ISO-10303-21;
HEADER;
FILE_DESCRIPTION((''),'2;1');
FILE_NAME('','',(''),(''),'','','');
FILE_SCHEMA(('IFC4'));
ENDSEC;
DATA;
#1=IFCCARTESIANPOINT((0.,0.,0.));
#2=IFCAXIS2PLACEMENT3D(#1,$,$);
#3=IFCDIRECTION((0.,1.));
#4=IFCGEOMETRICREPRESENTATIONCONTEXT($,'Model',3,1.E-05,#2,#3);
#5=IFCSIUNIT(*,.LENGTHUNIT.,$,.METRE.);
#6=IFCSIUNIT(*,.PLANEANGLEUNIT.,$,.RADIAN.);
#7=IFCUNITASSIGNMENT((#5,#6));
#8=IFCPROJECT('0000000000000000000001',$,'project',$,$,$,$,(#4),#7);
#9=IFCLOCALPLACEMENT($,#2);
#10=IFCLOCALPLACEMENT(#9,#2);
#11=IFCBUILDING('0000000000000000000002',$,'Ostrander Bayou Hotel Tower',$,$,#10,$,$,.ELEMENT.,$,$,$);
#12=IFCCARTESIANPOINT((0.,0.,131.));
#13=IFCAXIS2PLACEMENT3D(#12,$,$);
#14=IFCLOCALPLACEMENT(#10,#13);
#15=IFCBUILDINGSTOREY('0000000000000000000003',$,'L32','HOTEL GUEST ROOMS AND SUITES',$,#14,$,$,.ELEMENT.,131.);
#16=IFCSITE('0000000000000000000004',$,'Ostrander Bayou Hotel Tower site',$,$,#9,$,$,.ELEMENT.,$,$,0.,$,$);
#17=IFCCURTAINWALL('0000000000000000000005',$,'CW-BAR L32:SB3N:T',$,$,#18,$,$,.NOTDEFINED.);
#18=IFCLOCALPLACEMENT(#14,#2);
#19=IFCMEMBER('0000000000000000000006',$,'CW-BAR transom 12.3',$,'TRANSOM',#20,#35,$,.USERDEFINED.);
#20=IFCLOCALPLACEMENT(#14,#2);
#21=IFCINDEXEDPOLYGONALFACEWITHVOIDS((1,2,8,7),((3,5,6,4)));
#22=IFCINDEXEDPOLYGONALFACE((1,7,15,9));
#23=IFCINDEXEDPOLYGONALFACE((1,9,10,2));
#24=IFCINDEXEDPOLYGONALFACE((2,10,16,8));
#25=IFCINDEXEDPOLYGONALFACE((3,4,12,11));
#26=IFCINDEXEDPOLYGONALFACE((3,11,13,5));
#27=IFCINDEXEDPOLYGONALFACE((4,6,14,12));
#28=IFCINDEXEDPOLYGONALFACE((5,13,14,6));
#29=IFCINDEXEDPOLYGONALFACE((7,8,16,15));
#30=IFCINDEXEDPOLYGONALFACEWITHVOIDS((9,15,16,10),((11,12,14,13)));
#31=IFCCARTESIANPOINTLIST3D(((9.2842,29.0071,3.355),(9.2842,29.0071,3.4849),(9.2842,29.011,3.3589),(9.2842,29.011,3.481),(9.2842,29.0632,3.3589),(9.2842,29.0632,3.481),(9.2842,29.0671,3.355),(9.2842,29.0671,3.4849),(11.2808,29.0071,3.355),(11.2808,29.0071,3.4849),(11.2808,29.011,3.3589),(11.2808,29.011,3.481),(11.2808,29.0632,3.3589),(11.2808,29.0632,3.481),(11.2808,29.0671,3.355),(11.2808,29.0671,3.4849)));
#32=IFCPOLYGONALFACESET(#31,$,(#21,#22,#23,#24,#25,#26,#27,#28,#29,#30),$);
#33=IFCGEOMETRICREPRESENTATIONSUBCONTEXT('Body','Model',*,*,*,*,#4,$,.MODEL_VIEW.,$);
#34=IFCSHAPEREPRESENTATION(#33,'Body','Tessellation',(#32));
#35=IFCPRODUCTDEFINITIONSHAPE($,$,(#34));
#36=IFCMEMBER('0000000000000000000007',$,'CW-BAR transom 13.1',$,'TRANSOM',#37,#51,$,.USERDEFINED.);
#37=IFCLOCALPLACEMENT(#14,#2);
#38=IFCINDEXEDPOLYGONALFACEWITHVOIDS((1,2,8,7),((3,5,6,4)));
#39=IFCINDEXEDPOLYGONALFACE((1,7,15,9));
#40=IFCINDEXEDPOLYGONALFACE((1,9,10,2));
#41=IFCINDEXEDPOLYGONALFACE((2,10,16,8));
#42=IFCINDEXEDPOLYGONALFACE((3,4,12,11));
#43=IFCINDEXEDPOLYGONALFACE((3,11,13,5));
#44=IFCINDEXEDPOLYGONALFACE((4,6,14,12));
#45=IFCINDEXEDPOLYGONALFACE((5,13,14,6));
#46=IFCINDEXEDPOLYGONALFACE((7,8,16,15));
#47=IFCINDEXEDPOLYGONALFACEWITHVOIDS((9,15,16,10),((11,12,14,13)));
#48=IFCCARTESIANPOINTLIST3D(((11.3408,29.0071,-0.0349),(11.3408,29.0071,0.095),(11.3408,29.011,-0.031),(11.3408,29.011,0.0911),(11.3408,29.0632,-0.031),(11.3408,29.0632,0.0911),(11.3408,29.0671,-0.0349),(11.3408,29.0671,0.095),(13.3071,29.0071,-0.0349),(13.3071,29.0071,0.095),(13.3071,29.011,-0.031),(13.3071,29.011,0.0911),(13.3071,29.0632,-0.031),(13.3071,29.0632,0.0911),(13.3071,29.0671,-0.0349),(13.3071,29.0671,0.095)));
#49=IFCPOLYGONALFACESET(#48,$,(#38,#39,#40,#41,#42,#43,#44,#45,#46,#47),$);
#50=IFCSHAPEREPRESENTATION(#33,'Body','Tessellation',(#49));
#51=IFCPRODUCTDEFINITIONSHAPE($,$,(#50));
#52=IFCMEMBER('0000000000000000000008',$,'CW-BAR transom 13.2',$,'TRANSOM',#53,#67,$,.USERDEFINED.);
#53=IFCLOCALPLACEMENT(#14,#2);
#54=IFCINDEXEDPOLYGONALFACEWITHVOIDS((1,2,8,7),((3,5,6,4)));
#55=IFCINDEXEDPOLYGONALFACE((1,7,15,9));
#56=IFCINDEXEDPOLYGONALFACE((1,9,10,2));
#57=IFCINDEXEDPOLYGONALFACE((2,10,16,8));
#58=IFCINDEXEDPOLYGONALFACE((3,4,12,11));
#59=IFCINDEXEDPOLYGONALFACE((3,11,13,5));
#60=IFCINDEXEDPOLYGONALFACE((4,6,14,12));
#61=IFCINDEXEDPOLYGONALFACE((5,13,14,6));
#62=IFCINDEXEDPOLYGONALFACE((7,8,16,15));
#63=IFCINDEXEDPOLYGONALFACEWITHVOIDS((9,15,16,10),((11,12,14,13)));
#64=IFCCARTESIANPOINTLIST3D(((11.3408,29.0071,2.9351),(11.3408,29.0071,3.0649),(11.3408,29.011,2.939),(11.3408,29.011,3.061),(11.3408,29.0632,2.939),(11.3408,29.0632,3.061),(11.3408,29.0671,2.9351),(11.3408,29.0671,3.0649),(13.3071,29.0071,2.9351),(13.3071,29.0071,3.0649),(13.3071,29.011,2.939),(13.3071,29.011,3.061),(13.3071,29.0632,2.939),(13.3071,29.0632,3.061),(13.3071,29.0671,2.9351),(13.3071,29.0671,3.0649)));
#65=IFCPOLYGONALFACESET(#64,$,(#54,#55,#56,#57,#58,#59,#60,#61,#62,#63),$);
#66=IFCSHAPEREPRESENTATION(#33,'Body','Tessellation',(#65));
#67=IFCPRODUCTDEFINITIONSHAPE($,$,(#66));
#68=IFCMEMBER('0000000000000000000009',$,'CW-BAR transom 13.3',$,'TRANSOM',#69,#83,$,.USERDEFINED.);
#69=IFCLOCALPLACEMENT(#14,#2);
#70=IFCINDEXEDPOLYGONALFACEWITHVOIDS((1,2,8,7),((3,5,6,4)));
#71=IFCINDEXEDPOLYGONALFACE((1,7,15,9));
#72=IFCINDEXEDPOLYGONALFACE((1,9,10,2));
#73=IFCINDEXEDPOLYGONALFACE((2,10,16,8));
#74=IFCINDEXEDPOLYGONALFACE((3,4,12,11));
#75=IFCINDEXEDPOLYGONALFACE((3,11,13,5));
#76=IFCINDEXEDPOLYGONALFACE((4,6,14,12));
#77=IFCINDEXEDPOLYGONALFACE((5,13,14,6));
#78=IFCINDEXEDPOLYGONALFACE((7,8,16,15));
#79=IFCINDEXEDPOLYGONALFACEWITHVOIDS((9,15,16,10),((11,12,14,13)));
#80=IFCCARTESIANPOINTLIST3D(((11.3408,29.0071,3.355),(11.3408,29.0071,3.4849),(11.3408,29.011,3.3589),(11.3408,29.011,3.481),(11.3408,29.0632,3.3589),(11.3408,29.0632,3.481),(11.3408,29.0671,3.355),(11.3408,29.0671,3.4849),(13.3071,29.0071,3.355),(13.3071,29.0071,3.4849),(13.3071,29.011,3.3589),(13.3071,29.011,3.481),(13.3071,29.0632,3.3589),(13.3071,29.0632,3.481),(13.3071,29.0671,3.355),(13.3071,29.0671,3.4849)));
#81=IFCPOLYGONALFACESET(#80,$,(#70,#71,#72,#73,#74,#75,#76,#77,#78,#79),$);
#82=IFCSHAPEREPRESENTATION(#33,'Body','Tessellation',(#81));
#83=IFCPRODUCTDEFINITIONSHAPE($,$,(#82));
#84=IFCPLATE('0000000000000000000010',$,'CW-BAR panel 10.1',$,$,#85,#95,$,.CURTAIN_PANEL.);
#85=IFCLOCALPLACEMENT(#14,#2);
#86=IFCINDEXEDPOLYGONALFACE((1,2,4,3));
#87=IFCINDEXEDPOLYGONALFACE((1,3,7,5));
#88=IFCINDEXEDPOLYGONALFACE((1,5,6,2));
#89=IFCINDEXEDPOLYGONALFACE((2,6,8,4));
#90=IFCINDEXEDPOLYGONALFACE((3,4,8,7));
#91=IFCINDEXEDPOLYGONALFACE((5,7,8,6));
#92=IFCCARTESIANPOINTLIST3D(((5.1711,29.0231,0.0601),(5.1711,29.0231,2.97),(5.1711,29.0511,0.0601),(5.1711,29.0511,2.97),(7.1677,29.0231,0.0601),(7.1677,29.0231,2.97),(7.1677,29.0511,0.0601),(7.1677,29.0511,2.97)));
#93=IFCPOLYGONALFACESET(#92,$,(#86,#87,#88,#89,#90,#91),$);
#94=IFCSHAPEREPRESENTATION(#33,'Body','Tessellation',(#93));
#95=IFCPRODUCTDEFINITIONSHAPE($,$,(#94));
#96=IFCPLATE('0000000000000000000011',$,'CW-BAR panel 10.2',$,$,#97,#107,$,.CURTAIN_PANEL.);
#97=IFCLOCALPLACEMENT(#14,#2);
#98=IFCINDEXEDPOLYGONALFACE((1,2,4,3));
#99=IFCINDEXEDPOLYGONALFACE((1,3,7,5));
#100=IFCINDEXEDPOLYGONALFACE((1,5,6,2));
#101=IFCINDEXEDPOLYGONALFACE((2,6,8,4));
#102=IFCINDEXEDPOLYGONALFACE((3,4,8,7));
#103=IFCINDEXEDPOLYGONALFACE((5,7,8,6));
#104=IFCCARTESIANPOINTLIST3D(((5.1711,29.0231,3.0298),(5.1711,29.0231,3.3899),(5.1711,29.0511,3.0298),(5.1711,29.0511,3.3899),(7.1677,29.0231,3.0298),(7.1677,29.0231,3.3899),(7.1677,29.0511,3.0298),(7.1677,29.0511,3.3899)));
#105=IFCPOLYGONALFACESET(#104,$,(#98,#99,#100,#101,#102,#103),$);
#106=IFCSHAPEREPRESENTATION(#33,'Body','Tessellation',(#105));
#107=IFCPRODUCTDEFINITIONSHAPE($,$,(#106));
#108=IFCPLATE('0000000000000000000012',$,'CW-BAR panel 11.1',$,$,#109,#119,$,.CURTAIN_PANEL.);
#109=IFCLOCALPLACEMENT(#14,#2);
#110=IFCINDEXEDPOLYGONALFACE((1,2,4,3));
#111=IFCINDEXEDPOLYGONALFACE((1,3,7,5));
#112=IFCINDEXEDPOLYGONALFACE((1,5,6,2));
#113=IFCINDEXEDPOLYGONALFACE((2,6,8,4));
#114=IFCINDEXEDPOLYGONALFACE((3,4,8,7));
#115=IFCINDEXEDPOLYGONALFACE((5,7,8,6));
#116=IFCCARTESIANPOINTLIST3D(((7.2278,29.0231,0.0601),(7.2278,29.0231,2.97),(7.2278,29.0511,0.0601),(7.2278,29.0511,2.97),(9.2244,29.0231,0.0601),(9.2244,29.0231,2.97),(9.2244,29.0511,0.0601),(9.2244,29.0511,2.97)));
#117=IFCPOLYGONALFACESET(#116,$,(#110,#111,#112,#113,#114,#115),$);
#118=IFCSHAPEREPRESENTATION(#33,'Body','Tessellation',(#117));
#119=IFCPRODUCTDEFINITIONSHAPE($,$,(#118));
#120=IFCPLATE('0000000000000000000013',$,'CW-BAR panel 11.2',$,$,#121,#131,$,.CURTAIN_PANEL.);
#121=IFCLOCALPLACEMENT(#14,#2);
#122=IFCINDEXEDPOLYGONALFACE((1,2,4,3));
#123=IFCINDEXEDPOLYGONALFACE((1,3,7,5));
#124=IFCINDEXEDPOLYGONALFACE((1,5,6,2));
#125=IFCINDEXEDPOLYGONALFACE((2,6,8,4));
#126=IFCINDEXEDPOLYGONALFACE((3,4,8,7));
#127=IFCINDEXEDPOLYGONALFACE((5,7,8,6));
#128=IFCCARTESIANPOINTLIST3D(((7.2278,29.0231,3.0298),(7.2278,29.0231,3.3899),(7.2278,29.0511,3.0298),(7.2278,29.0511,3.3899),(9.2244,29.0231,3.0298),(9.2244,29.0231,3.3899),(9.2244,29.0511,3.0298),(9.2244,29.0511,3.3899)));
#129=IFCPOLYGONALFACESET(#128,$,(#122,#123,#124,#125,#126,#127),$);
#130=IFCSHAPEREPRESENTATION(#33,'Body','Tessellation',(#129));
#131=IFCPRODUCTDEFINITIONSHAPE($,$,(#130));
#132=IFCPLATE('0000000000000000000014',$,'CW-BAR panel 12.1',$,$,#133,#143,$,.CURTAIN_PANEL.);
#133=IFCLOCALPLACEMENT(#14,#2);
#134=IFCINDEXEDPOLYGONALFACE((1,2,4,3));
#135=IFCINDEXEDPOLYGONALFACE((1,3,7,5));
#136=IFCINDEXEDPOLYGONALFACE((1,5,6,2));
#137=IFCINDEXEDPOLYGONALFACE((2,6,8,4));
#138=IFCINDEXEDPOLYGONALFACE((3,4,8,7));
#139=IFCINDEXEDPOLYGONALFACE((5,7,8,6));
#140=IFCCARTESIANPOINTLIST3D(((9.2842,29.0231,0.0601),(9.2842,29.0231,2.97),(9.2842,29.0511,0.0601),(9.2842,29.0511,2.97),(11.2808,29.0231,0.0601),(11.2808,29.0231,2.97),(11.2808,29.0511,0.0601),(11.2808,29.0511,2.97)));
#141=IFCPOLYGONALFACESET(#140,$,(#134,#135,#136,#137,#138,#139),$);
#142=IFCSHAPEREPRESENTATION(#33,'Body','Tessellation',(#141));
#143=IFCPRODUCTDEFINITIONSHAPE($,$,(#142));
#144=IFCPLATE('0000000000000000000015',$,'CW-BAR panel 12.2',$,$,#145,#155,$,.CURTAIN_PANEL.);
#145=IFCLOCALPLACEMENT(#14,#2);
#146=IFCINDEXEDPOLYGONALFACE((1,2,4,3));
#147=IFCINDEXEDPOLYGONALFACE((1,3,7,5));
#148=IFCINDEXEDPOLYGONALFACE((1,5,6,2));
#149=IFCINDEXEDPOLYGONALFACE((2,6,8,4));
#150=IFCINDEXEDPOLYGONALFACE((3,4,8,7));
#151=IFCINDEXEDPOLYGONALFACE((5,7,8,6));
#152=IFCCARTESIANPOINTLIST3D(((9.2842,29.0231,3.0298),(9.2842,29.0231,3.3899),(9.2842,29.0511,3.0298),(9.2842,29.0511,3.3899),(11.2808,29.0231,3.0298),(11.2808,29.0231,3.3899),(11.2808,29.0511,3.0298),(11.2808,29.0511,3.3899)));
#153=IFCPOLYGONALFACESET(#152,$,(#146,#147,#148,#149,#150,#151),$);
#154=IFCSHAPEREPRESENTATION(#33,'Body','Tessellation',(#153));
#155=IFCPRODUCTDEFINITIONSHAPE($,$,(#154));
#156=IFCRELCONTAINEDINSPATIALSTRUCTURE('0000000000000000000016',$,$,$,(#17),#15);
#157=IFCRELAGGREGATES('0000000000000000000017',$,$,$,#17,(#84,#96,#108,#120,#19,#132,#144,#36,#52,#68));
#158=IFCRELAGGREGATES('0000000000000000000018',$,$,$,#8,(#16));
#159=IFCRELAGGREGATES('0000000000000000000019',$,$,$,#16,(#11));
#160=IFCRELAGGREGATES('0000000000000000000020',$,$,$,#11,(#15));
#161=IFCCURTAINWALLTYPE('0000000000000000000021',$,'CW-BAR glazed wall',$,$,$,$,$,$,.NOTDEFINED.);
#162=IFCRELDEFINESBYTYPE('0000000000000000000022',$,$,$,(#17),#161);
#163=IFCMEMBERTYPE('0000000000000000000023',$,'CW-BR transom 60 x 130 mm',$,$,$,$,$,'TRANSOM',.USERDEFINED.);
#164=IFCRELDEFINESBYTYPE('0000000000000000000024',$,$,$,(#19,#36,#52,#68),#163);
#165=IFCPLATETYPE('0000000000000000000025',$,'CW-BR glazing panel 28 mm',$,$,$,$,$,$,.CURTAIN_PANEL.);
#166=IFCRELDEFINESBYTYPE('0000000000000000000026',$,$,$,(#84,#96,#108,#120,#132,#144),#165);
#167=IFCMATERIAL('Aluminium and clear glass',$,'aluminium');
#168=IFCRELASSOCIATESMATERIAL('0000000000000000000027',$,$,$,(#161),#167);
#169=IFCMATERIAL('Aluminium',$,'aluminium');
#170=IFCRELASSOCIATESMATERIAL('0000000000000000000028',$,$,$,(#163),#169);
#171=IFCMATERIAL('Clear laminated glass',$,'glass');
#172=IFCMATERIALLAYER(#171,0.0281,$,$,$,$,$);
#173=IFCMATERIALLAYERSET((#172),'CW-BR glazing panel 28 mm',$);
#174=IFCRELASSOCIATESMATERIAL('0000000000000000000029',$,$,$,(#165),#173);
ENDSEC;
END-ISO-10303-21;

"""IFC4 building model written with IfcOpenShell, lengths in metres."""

from ifc_helpers import new_model, si_unit, direction, frame, origin, origin_2d, place, context, subcontext, project, spatial, rectangle, hollow_rectangle, extrude, material, layer, layer_set, material_profile, profile_set, type_object, element, aggregate, save


model = new_model("IFC4")

# Units and contexts
model_context = context("Model", 3, precision=1e-05, world=origin(), true_north=direction((0.0, 1.0)))
body_context = subcontext(model_context, "Body", "Model", "MODEL_VIEW")
ifc_project = project(units=[si_unit("LENGTHUNIT", "METRE"), si_unit("PLANEANGLEUNIT", "RADIAN")], contexts=[model_context])

# Site, building, storey
site_placement = place(None, origin())
site = spatial("IfcSite", under=ifc_project, at=site_placement, Name="Ostrander Bayou Hotel Tower site", CompositionType="ELEMENT", RefElevation=0.0)
building_placement = place(site_placement, origin())
building = spatial("IfcBuilding", under=site, at=building_placement, Name="Ostrander Bayou Hotel Tower", CompositionType="ELEMENT")
storey_placement = place(building_placement, frame((0.0, 0.0, 131.0)))
storey = spatial("IfcBuildingStorey", under=building, at=storey_placement, Name="L32", Description="HOTEL GUEST ROOMS AND SUITES", CompositionType="ELEMENT", Elevation=131.0)

# Curtain wall, members, plates
ifc_material_1 = material(Name="Aluminium and clear glass", Category="aluminium")
curtain_wall_type = type_object("IfcCurtainWallType", Name="CW-BAR glazed wall", PredefinedType="NOTDEFINED", material=ifc_material_1)
curtain_wall_placement = place(storey_placement, origin())
curtain_wall = element("IfcCurtainWall", 1, at=curtain_wall_placement, inside=storey, type_object=curtain_wall_type, Name="CW-BAR L32:SB3N:T", PredefinedType="NOTDEFINED")
ifc_material_2 = material(Name="Aluminium", Category="aluminium")
ifc_material_profile_1 = material_profile(ifc_material_2, hollow_rectangle(XDim=0.0601, YDim=0.1299, WallThickness=0.0039, at=origin_2d()))
ifc_profile_set_1 = profile_set([ifc_material_profile_1], Name="Aluminium")
member_type_1 = type_object("IfcMemberType", Name="CW-BR transom 60 x 130 mm", ElementType="TRANSOM", PredefinedType="USERDEFINED", material=ifc_profile_set_1)
member_1_placement = place(storey_placement, frame((9.2842, 29.0371, 3.4199), z_axis=(1.0, 0.0, 0.0), x_axis=(0.0, 1.0, 0.0)))
member_1 = element("IfcMember", 2, at=member_1_placement, type_object=member_type_1, Name="CW-BAR transom 12.3", ObjectType="TRANSOM", PredefinedType="USERDEFINED", context=body_context, shape_type="SweptSolid", body=[
    extrude(hollow_rectangle(XDim=0.0601, YDim=0.1299, WallThickness=0.0039, at=origin_2d()), origin(), (0.0, 0.0, 1.0), 1.9966),
])
member_2_placement = place(storey_placement, frame((11.3408, 29.0371, 0.03), z_axis=(1.0, 0.0, 0.0), x_axis=(0.0, 1.0, 0.0)))
member_2 = element("IfcMember", 3, at=member_2_placement, type_object=member_type_1, Name="CW-BAR transom 13.1", ObjectType="TRANSOM", PredefinedType="USERDEFINED", context=body_context, shape_type="SweptSolid", body=[
    extrude(hollow_rectangle(XDim=0.0601, YDim=0.1299, WallThickness=0.0039, at=origin_2d()), origin(), (0.0, 0.0, 1.0), 1.9663),
])
member_3_placement = place(storey_placement, frame((11.3408, 29.0371, 3.0), z_axis=(1.0, 0.0, 0.0), x_axis=(0.0, 1.0, 0.0)))
member_3 = element("IfcMember", 4, at=member_3_placement, type_object=member_type_1, Name="CW-BAR transom 13.2", ObjectType="TRANSOM", PredefinedType="USERDEFINED", context=body_context, shape_type="SweptSolid", body=[
    extrude(hollow_rectangle(XDim=0.0601, YDim=0.1299, WallThickness=0.0039, at=origin_2d()), origin(), (0.0, 0.0, 1.0), 1.9663),
])
member_4_placement = place(storey_placement, frame((11.3408, 29.0371, 3.4199), z_axis=(1.0, 0.0, 0.0), x_axis=(0.0, 1.0, 0.0)))
member_4 = element("IfcMember", 5, at=member_4_placement, type_object=member_type_1, Name="CW-BAR transom 13.3", ObjectType="TRANSOM", PredefinedType="USERDEFINED", context=body_context, shape_type="SweptSolid", body=[
    extrude(hollow_rectangle(XDim=0.0601, YDim=0.1299, WallThickness=0.0039, at=origin_2d()), origin(), (0.0, 0.0, 1.0), 1.9663),
])
ifc_material_3 = material(Name="Clear laminated glass", Category="glass")
ifc_layer_1 = layer(ifc_material_3, 0.0281)
ifc_layer_set_1 = layer_set([ifc_layer_1], Name="CW-BR glazing panel 28 mm")
plate_type = type_object("IfcPlateType", Name="CW-BR glazing panel 28 mm", PredefinedType="CURTAIN_PANEL", material=ifc_layer_set_1)
plate_1_placement = place(storey_placement, frame((6.1694, 29.0371, 0.0601), z_axis=(0.0, 0.0, 1.0), x_axis=(1.0, 0.0, 0.0)))
plate_1 = element("IfcPlate", 6, at=plate_1_placement, type_object=plate_type, Name="CW-BAR panel 10.1", PredefinedType="CURTAIN_PANEL", context=body_context, shape_type="SweptSolid", body=[
    extrude(rectangle(XDim=1.9966, YDim=0.0281, at=origin_2d()), origin(), (0.0, 0.0, 1.0), 2.9099),
])
plate_2_placement = place(storey_placement, frame((6.1694, 29.0371, 3.0298), z_axis=(0.0, 0.0, 1.0), x_axis=(1.0, 0.0, 0.0)))
plate_2 = element("IfcPlate", 7, at=plate_2_placement, type_object=plate_type, Name="CW-BAR panel 10.2", PredefinedType="CURTAIN_PANEL", context=body_context, shape_type="SweptSolid", body=[
    extrude(rectangle(XDim=1.9966, YDim=0.0281, at=origin_2d()), origin(), (0.0, 0.0, 1.0), 0.3601),
])
plate_3_placement = place(storey_placement, frame((8.2261, 29.0371, 0.0601), z_axis=(0.0, 0.0, 1.0), x_axis=(1.0, 0.0, 0.0)))
plate_3 = element("IfcPlate", 8, at=plate_3_placement, type_object=plate_type, Name="CW-BAR panel 11.1", PredefinedType="CURTAIN_PANEL", context=body_context, shape_type="SweptSolid", body=[
    extrude(rectangle(XDim=1.9966, YDim=0.0281, at=origin_2d()), origin(), (0.0, 0.0, 1.0), 2.9099),
])
plate_4_placement = place(storey_placement, frame((8.2261, 29.0371, 3.0298), z_axis=(0.0, 0.0, 1.0), x_axis=(1.0, 0.0, 0.0)))
plate_4 = element("IfcPlate", 9, at=plate_4_placement, type_object=plate_type, Name="CW-BAR panel 11.2", PredefinedType="CURTAIN_PANEL", context=body_context, shape_type="SweptSolid", body=[
    extrude(rectangle(XDim=1.9966, YDim=0.0281, at=origin_2d()), origin(), (0.0, 0.0, 1.0), 0.3601),
])
plate_5_placement = place(storey_placement, frame((10.2825, 29.0371, 0.0601), z_axis=(0.0, 0.0, 1.0), x_axis=(1.0, 0.0, 0.0)))
plate_5 = element("IfcPlate", 10, at=plate_5_placement, type_object=plate_type, Name="CW-BAR panel 12.1", PredefinedType="CURTAIN_PANEL", context=body_context, shape_type="SweptSolid", body=[
    extrude(rectangle(XDim=1.9966, YDim=0.0281, at=origin_2d()), origin(), (0.0, 0.0, 1.0), 2.9099),
])
plate_6_placement = place(storey_placement, frame((10.2825, 29.0371, 3.0298), z_axis=(0.0, 0.0, 1.0), x_axis=(1.0, 0.0, 0.0)))
plate_6 = element("IfcPlate", 11, at=plate_6_placement, type_object=plate_type, Name="CW-BAR panel 12.2", PredefinedType="CURTAIN_PANEL", context=body_context, shape_type="SweptSolid", body=[
    extrude(rectangle(XDim=1.9966, YDim=0.0281, at=origin_2d()), origin(), (0.0, 0.0, 1.0), 0.3601),
])
aggregate(curtain_wall, [plate_1, plate_2, plate_3, plate_4, member_1, plate_5, plate_6, member_2, member_3, member_4])

save(model, "model.ifc")
